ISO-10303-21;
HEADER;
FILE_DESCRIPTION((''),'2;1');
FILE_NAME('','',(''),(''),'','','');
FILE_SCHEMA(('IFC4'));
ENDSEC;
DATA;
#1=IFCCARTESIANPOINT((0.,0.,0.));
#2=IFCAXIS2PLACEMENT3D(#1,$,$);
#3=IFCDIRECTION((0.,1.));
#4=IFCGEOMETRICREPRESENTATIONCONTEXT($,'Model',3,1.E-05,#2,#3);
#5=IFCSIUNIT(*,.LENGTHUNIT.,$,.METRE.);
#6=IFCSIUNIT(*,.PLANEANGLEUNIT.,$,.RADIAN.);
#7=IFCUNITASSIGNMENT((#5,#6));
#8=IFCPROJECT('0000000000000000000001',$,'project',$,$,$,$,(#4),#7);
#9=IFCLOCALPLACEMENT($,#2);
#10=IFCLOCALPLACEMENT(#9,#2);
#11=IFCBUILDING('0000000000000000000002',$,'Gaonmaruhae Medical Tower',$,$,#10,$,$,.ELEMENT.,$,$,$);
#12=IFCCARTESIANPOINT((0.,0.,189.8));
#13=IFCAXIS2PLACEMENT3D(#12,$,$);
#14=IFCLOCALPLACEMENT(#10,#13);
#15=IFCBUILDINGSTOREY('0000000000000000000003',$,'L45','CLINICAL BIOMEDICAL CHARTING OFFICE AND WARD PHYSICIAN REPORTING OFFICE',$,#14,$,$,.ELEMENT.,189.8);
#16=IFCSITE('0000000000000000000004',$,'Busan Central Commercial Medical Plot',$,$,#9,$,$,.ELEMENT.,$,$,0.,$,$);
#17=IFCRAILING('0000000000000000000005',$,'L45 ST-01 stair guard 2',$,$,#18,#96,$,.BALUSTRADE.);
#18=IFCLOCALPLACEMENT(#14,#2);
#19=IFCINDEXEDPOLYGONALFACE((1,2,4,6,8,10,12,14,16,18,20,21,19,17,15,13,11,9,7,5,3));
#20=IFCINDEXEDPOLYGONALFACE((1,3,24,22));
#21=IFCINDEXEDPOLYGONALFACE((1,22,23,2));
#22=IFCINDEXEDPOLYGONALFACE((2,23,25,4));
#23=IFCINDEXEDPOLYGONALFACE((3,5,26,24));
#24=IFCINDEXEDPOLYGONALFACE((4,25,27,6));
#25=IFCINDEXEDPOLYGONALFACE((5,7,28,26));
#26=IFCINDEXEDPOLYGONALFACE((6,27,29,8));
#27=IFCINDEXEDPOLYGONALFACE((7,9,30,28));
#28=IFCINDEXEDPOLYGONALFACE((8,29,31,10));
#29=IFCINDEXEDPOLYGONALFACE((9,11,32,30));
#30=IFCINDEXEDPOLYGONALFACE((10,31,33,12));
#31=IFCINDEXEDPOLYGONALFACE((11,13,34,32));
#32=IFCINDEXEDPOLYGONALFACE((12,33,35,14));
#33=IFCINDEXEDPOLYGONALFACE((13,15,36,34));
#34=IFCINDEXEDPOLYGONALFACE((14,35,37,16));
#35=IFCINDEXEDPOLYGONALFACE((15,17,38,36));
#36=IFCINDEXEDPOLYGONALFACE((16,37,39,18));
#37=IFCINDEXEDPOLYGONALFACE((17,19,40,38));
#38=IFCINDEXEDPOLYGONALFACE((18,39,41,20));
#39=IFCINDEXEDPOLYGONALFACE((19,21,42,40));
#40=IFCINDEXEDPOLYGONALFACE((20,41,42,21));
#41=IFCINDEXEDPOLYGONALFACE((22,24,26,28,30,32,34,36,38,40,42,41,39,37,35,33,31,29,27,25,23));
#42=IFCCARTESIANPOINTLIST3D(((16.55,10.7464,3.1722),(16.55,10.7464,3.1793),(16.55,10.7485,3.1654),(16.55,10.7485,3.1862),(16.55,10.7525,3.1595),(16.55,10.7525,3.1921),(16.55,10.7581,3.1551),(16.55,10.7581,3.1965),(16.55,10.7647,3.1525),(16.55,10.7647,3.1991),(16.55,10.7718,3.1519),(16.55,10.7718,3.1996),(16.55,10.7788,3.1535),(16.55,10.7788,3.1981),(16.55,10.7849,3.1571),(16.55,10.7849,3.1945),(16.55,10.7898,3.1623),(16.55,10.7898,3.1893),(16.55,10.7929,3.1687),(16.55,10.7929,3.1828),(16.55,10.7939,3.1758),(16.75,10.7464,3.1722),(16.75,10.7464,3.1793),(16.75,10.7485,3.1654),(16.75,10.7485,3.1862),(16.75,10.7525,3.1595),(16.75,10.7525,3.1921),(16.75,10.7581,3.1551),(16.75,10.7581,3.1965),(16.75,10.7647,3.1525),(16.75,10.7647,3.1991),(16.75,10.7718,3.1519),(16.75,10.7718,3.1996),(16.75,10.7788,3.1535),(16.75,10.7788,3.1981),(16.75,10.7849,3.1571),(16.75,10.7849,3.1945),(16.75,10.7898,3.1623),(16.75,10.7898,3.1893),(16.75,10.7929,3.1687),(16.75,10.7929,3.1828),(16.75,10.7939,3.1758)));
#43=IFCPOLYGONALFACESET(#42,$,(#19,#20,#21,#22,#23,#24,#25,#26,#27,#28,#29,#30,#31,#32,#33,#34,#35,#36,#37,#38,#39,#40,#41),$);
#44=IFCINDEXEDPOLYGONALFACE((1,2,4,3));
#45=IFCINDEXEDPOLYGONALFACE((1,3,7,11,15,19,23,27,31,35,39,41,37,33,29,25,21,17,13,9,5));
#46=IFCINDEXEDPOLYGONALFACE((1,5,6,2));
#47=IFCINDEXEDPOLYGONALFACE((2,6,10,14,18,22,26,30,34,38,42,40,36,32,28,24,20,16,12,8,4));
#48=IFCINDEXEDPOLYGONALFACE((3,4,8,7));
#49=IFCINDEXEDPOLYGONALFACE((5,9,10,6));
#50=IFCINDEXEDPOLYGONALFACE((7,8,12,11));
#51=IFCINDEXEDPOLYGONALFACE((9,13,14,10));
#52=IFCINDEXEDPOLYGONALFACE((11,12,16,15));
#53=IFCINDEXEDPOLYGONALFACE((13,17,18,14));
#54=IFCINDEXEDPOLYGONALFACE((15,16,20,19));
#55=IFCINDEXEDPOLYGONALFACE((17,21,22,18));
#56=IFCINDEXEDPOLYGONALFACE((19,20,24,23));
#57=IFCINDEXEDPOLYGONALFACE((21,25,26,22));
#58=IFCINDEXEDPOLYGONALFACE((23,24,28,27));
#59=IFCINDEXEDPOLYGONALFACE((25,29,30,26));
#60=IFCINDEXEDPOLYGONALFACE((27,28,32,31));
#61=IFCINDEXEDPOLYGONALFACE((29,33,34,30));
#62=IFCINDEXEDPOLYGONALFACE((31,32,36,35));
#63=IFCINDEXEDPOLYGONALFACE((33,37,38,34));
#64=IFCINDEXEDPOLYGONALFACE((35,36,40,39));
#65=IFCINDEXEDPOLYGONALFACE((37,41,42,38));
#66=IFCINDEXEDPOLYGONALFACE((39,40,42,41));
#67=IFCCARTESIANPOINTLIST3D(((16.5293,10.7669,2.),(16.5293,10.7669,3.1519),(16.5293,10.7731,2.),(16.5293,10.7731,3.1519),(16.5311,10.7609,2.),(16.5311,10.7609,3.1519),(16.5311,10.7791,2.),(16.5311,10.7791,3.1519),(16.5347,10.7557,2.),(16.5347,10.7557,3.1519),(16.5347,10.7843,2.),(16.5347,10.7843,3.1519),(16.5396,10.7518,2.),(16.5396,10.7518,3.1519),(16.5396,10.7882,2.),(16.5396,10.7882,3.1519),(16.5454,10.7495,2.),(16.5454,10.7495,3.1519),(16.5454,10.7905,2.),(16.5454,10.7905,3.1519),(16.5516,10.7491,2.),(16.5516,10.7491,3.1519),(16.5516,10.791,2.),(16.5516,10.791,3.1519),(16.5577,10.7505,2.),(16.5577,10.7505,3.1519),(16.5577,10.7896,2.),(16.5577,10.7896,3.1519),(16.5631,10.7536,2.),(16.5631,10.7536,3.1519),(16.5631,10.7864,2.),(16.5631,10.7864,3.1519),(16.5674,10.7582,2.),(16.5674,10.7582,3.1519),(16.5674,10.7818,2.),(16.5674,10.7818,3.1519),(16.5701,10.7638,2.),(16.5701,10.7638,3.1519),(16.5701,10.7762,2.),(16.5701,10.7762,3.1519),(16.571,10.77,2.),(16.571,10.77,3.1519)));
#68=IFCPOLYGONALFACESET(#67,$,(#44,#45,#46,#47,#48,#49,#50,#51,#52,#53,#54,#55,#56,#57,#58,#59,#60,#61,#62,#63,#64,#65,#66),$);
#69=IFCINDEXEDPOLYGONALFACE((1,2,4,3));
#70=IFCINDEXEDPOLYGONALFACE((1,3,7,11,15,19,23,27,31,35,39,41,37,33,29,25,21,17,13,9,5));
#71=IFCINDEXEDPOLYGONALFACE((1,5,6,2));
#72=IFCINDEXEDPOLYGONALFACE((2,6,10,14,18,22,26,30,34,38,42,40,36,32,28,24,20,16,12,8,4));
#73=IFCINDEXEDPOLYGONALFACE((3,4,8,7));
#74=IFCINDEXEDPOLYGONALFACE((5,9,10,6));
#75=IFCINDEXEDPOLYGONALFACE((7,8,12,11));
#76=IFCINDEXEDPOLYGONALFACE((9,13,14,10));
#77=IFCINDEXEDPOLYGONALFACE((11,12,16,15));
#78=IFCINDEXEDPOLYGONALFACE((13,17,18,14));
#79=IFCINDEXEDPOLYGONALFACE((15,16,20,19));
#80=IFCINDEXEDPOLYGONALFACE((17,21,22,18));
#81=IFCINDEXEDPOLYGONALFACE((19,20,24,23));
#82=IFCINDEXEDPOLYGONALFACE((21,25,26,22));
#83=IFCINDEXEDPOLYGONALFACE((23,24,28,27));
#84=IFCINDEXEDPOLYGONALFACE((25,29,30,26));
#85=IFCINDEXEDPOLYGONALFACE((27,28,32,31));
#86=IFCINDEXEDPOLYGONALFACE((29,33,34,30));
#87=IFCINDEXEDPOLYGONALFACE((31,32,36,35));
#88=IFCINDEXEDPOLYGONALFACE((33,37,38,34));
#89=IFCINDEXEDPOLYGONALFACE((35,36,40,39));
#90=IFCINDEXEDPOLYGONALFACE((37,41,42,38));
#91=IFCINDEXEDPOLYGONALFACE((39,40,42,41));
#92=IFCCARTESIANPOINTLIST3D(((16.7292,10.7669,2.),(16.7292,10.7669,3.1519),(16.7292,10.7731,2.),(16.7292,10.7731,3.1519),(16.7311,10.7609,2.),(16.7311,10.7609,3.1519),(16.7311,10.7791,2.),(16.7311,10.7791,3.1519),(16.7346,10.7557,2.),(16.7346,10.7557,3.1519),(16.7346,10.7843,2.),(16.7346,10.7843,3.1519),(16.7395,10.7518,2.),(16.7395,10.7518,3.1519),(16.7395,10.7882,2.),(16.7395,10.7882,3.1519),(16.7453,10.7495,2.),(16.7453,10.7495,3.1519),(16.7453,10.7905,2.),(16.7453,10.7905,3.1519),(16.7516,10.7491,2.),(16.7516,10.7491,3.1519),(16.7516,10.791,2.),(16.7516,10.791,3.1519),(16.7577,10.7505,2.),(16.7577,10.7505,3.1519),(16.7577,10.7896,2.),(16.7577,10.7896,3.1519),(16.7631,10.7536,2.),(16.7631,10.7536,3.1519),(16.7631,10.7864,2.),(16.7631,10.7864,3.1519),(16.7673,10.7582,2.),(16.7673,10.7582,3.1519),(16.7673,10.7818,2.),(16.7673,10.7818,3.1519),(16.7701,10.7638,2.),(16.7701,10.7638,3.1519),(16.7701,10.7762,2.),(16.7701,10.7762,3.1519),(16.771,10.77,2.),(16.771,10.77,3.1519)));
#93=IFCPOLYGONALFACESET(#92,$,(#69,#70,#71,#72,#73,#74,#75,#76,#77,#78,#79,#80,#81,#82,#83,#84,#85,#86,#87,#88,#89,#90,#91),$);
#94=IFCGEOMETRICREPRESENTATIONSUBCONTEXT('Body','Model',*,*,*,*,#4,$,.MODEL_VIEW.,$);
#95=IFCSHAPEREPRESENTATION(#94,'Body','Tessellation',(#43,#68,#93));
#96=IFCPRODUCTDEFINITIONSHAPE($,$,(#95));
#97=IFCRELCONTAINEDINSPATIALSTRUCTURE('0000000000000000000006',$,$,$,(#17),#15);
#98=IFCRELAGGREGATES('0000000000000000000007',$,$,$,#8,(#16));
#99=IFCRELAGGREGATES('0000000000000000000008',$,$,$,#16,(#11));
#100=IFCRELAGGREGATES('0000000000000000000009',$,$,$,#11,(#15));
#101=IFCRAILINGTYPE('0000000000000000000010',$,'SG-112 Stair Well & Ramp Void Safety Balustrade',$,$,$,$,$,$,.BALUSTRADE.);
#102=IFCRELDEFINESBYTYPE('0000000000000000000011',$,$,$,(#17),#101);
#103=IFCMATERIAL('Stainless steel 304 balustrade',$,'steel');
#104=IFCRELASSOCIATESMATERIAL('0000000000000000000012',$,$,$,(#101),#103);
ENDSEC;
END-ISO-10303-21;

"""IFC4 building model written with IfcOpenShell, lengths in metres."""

from ifc_helpers import new_model, si_unit, direction, frame, origin, origin_2d, place, context, subcontext, project, spatial, circle, extrude, material, type_object, element, save


model = new_model("IFC4")

# Units and contexts
model_context = context("Model", 3, precision=1e-05, world=origin(), true_north=direction((0.0, 1.0)))
body_context = subcontext(model_context, "Body", "Model", "MODEL_VIEW")
ifc_project = project(units=[si_unit("LENGTHUNIT", "METRE"), si_unit("PLANEANGLEUNIT", "RADIAN")], contexts=[model_context])

# Site, building, storey
site_placement = place(None, origin())
site = spatial("IfcSite", under=ifc_project, at=site_placement, Name="Busan Central Commercial Medical Plot", CompositionType="ELEMENT", RefElevation=0.0)
building_placement = place(site_placement, origin())
building = spatial("IfcBuilding", under=site, at=building_placement, Name="Gaonmaruhae Medical Tower", CompositionType="ELEMENT")
storey_placement = place(building_placement, frame((0.0, 0.0, 189.8)))
storey = spatial("IfcBuildingStorey", under=building, at=storey_placement, Name="L45", Description="CLINICAL BIOMEDICAL CHARTING OFFICE AND WARD PHYSICIAN REPORTING OFFICE", CompositionType="ELEMENT", Elevation=189.8)

# Railing
ifc_material_1 = material(Name="Stainless steel 304 balustrade", Category="steel")
railing_type_1 = type_object("IfcRailingType", Name="SG-112 Stair Well & Ramp Void Safety Balustrade", PredefinedType="BALUSTRADE", material=ifc_material_1)
railing_1_placement = place(storey_placement, frame((16.55, 10.77, 2.0)))
element("IfcRailing", 1, at=railing_1_placement, inside=storey, type_object=railing_type_1, Name="L45 ST-01 stair guard 2", PredefinedType="BALUSTRADE", context=body_context, shape_type="SweptSolid", body=[
    extrude(circle(Radius=0.0239, at=origin_2d()), frame((0.0, 0.0, 1.1758), z_axis=(1.0, 0.0, 0.0), x_axis=(0.0, 1.0, 0.0)), (0.0, 0.0, 1.0), 0.2),
    extrude(circle(Radius=0.021, at=origin_2d()), origin(), (0.0, 0.0, 1.0), 1.1519),
    extrude(circle(Radius=0.021, at=origin_2d()), frame((0.2, 0.0, 0.0)), (0.0, 0.0, 1.0), 1.1519),
])

save(model, "model.ifc")
